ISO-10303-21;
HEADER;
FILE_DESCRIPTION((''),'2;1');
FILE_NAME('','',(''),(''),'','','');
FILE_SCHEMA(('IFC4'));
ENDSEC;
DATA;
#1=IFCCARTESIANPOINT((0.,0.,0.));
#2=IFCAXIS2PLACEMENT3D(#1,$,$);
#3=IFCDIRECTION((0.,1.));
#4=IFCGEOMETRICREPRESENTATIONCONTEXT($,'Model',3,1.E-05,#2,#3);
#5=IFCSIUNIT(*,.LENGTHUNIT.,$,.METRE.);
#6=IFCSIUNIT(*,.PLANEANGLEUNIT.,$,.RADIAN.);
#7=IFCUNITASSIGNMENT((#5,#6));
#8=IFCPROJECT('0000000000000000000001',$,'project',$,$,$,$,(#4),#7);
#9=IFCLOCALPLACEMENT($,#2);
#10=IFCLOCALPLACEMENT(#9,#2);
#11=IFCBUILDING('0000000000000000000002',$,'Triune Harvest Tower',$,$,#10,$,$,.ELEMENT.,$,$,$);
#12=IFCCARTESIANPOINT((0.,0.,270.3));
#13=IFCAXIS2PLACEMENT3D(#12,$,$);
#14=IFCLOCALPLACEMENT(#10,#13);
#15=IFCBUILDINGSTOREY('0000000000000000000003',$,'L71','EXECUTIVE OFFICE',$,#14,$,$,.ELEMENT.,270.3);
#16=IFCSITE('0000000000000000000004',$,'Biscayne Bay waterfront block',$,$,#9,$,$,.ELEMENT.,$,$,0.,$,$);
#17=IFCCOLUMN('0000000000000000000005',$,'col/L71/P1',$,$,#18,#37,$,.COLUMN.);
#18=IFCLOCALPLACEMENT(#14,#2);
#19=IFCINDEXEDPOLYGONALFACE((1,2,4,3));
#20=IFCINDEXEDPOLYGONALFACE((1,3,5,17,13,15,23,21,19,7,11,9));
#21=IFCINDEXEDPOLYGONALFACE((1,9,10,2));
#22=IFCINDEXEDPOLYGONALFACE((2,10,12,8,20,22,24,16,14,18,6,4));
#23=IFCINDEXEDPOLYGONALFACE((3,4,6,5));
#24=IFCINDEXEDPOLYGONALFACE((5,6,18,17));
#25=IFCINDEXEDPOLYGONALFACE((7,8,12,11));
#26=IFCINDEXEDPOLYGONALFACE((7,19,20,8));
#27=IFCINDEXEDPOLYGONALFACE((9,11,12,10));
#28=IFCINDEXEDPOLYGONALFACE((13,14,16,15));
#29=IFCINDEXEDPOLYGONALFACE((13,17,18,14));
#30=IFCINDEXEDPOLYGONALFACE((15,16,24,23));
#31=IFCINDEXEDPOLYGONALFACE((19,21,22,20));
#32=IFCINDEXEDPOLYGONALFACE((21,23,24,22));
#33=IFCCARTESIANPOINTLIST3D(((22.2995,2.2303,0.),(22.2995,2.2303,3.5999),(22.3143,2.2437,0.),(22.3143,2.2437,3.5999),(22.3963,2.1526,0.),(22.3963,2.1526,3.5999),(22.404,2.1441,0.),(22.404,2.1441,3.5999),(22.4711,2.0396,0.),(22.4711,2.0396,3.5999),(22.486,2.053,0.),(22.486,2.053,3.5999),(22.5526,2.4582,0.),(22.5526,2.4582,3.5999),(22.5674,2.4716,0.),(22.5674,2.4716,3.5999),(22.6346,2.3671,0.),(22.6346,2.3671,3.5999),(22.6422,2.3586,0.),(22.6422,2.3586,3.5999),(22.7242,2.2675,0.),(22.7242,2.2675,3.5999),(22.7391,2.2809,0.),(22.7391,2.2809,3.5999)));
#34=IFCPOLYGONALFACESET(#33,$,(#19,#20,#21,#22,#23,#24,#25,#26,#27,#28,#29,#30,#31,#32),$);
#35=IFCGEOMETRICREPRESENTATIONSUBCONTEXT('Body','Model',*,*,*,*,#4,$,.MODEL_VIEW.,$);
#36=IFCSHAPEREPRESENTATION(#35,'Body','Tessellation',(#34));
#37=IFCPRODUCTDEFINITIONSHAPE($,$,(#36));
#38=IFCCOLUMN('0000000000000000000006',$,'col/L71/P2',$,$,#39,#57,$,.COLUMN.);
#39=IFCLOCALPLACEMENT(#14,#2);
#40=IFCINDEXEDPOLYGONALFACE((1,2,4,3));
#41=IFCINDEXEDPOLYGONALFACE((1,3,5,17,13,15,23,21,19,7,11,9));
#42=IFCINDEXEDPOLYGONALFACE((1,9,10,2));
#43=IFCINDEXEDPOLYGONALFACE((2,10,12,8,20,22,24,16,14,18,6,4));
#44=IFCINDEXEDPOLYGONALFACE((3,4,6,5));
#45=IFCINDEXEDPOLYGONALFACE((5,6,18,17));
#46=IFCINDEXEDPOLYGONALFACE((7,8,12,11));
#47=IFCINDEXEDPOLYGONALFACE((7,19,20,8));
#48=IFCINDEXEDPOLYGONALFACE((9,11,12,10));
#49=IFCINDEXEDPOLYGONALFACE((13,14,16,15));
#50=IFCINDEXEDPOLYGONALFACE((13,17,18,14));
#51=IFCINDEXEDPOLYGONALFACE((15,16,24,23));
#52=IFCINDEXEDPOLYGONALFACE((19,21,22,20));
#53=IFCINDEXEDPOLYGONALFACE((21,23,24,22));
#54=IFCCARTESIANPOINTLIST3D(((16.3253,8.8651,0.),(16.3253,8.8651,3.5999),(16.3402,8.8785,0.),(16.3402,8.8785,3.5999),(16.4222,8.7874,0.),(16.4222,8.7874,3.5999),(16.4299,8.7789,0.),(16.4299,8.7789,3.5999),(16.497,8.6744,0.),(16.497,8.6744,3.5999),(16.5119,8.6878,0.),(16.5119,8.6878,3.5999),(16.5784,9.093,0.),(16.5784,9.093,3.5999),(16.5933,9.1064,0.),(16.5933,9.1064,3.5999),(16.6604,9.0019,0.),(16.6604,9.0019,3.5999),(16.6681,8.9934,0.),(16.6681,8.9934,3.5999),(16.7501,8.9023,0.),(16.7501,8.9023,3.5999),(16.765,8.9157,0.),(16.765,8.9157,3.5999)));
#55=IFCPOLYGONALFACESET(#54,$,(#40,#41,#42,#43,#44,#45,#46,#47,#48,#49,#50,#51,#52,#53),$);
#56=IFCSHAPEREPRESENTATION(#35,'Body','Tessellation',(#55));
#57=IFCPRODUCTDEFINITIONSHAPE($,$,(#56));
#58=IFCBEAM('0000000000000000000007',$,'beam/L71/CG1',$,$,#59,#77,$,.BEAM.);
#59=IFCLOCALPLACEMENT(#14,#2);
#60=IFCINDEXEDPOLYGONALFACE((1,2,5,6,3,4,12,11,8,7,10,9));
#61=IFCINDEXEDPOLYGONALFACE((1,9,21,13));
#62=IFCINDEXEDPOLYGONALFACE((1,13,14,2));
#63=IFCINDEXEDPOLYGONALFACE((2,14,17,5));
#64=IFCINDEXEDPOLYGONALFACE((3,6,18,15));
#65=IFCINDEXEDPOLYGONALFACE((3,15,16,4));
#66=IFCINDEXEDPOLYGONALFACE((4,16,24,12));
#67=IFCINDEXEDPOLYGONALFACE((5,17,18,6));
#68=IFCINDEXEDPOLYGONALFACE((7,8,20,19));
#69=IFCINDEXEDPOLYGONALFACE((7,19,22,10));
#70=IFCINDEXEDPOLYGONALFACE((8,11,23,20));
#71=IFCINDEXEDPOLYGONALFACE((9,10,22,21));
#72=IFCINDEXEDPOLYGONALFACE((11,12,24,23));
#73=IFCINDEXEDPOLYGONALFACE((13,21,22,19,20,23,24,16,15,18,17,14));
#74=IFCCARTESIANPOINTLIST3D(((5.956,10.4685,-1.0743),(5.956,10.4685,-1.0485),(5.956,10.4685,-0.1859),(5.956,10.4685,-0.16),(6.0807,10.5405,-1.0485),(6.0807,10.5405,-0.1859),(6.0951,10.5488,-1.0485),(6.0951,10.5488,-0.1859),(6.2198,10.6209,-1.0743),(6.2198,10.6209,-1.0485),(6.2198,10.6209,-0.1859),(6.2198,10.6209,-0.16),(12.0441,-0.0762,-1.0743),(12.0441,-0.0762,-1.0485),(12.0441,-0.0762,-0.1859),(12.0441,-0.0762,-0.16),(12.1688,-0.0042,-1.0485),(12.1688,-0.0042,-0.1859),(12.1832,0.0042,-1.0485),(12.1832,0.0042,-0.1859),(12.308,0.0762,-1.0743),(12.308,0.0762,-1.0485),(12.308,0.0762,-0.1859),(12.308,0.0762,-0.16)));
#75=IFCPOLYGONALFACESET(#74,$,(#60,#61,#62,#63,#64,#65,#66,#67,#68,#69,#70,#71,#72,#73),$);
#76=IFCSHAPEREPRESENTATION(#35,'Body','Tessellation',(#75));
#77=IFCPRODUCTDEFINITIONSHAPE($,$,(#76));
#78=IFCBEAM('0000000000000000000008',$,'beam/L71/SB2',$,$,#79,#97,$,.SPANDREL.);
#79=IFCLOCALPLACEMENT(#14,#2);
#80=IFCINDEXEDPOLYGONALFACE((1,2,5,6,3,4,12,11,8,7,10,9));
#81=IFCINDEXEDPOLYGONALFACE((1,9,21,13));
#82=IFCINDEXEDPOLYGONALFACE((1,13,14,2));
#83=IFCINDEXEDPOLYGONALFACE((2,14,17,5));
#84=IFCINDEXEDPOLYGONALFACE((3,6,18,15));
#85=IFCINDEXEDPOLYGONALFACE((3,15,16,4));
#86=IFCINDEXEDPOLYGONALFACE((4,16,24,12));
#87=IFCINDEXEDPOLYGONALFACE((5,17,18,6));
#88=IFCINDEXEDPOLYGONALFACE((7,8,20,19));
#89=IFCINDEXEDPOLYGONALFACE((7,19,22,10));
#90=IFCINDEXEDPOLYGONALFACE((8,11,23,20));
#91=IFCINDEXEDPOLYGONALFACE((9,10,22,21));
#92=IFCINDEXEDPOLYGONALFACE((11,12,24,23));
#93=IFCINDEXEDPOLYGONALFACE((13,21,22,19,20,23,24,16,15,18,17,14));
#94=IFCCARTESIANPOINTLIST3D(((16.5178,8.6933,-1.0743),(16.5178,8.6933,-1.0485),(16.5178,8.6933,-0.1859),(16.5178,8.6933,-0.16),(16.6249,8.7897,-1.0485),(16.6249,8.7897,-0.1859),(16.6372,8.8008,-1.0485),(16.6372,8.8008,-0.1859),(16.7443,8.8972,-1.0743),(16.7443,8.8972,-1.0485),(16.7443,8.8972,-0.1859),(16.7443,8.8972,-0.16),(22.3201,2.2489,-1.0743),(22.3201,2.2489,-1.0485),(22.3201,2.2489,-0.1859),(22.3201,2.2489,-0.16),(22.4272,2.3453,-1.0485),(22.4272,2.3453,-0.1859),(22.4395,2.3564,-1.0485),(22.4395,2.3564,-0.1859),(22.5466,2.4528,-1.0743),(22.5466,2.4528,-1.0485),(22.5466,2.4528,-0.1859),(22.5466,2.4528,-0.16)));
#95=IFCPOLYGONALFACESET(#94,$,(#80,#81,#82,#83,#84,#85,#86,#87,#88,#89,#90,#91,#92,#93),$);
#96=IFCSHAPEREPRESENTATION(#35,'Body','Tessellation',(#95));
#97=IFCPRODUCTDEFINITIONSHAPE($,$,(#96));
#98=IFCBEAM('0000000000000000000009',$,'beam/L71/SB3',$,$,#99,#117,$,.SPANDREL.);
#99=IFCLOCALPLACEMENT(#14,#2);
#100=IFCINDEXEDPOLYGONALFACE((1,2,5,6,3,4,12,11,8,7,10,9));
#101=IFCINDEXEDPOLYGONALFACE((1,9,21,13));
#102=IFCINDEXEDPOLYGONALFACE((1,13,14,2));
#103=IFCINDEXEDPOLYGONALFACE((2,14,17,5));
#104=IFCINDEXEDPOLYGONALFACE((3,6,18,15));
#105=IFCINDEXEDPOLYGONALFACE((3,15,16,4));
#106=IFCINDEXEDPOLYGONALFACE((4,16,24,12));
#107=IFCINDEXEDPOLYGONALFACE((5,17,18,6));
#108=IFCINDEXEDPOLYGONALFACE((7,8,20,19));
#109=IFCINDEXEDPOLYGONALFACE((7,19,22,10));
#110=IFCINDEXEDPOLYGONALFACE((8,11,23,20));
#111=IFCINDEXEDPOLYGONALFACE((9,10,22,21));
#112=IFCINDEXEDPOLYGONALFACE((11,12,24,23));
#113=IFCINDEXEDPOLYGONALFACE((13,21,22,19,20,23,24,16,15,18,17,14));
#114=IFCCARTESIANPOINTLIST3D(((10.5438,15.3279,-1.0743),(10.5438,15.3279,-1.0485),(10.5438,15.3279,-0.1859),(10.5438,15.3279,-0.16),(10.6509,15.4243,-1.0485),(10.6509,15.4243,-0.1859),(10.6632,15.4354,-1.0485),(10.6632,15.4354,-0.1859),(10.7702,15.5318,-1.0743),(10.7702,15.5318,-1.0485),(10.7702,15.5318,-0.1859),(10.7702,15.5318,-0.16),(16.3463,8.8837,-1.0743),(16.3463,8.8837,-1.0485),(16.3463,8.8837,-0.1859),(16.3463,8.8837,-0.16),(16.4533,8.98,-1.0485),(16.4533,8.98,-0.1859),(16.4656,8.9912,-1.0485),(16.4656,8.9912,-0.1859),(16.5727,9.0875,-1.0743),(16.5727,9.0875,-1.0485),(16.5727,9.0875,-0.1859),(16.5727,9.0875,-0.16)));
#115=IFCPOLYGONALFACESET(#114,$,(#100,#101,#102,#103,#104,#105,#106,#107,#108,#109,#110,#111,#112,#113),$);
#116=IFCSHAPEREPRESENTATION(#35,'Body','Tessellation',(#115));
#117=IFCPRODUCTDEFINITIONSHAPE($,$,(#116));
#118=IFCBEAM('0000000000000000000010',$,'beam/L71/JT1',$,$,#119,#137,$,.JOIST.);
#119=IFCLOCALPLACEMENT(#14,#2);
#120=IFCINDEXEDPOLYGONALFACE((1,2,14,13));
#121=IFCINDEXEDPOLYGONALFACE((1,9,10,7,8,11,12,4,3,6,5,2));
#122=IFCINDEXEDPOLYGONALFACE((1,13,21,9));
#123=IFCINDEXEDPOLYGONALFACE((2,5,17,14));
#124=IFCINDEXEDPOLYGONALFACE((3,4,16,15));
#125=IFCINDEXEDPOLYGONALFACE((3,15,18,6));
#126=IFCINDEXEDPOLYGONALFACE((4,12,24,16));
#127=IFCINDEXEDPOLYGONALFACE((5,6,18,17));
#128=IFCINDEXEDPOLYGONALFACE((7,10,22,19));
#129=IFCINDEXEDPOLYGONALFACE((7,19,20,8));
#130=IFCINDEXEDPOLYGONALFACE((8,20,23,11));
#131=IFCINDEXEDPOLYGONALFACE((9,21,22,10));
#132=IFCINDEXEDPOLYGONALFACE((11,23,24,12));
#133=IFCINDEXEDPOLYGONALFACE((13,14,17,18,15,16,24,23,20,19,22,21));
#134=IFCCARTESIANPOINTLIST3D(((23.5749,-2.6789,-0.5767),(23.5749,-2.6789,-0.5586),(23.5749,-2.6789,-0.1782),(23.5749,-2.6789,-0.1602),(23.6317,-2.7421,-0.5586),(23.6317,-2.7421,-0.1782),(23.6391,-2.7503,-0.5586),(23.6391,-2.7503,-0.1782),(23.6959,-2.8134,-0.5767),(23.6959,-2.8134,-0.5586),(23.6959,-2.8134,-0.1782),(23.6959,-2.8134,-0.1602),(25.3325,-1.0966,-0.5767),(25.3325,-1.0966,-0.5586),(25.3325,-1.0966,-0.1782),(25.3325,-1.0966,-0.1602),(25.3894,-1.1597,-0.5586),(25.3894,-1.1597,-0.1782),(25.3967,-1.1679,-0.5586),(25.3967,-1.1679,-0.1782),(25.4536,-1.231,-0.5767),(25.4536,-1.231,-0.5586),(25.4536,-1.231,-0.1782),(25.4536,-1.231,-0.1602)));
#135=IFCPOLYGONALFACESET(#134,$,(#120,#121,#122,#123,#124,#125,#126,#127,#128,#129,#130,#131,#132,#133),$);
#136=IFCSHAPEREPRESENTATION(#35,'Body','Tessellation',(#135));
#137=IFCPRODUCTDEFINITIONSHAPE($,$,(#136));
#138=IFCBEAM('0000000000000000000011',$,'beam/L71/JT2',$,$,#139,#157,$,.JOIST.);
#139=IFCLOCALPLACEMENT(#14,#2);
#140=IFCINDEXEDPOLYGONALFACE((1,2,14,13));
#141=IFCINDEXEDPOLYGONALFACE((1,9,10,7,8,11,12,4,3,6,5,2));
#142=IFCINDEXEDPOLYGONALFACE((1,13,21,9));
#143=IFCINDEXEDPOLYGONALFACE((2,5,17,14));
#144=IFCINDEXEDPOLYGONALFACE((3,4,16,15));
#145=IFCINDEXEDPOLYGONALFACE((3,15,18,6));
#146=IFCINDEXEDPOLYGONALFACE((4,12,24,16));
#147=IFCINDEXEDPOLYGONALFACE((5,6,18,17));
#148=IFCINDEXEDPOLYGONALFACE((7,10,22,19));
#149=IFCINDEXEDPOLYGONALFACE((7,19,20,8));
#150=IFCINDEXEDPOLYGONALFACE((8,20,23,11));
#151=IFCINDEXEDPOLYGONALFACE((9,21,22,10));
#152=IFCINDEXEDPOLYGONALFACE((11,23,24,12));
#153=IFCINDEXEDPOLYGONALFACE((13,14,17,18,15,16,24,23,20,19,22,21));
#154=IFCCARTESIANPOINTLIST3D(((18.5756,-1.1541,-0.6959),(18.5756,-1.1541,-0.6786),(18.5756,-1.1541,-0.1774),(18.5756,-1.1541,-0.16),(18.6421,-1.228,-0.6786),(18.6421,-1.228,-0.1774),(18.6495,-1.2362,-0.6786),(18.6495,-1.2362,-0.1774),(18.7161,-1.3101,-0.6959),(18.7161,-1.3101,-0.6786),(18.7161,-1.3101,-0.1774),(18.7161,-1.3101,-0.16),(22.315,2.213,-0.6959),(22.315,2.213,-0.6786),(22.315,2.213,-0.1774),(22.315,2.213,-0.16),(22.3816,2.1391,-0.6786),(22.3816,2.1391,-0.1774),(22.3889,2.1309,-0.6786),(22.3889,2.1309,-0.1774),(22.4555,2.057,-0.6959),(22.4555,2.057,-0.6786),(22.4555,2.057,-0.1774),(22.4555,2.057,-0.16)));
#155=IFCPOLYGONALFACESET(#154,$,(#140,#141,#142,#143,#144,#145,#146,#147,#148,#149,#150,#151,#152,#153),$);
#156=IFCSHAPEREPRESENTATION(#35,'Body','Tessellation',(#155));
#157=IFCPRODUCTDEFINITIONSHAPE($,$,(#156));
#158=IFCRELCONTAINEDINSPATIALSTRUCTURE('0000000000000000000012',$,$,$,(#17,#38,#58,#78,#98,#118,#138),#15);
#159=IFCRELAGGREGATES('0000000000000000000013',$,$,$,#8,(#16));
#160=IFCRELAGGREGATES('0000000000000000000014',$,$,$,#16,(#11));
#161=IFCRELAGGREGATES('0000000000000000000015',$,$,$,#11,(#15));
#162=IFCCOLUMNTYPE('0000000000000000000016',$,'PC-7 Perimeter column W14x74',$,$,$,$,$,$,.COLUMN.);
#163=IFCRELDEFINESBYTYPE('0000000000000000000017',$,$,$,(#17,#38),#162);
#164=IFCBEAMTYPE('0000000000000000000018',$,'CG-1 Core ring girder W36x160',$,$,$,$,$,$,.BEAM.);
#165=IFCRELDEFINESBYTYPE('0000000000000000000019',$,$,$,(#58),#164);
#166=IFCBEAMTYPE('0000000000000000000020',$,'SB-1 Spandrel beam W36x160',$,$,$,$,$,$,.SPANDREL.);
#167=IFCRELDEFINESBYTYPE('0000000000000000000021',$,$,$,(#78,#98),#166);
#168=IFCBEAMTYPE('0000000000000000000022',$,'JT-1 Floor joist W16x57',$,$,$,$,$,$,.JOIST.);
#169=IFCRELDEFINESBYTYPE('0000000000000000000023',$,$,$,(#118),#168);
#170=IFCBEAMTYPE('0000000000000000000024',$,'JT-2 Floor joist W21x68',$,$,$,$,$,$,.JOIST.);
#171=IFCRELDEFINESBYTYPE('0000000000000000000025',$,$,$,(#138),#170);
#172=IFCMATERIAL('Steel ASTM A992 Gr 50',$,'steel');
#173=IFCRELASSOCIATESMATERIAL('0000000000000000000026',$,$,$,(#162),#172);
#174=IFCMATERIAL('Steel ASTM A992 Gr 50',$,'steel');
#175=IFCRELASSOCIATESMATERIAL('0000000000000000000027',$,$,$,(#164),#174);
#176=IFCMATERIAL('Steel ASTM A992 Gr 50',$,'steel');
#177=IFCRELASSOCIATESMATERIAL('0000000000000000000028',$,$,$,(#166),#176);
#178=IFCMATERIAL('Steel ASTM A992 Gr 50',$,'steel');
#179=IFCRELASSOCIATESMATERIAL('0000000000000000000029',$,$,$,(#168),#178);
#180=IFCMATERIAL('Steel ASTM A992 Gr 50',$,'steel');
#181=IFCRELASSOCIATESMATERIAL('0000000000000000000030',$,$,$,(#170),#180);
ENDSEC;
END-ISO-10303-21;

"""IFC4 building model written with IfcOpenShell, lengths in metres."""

from ifc_helpers import new_model, si_unit, direction, frame, origin, origin_2d, place, context, subcontext, project, spatial, i_section, extrude, source, transform, mapped, material, material_profile, profile_set, type_object, element, save


model = new_model("IFC4")

# Units and contexts
model_context = context("Model", 3, precision=1e-05, world=origin(), true_north=direction((0.0, 1.0)))
body_context = subcontext(model_context, "Body", "Model", "MODEL_VIEW")
ifc_project = project(units=[si_unit("LENGTHUNIT", "METRE"), si_unit("PLANEANGLEUNIT", "RADIAN")], contexts=[model_context])

# Site, building, storey
site_placement = place(None, origin())
site = spatial("IfcSite", under=ifc_project, at=site_placement, Name="Biscayne Bay waterfront block", CompositionType="ELEMENT", RefElevation=0.0)
building_placement = place(site_placement, origin())
building = spatial("IfcBuilding", under=site, at=building_placement, Name="Triune Harvest Tower", CompositionType="ELEMENT")
storey_placement = place(building_placement, frame((0.0, 0.0, 270.3)))
storey = spatial("IfcBuildingStorey", under=building, at=storey_placement, Name="L71", Description="EXECUTIVE OFFICE", CompositionType="ELEMENT", Elevation=270.3)

# Columns
ifc_material_1 = material(Name="Steel ASTM A992 Gr 50", Category="steel")
ifc_material_profile_1 = material_profile(ifc_material_1, i_section(OverallWidth=0.2566, OverallDepth=0.3606, WebThickness=0.0115, FlangeThickness=0.02, at=origin_2d()), Name="W14x74")
ifc_profile_set_1 = profile_set([ifc_material_profile_1], Name="Steel ASTM A992 Gr 50")
column_type = type_object("IfcColumnType", Name="PC-7 Perimeter column W14x74", PredefinedType="COLUMN", material=ifc_profile_set_1)
shared_shape_1 = source(origin(), body_context, "Body", "SweptSolid", [
    extrude(i_section(OverallWidth=0.2566, OverallDepth=0.3606, WebThickness=0.0115, FlangeThickness=0.02, at=origin_2d()), origin(), (0.0, 0.0, 1.0), 3.5999),
])
for number, where, z_axis, x_axis, name in (
    (1, (22.5193, 2.2556, 0.0), (0.0, 0.0, 1.0), (-0.669131, 0.743145, 0.0), "col/L71/P1"),
    (2, (16.5452, 8.8904, 0.0), (0.0, 0.0, 1.0), (-0.669131, 0.743145, 0.0), "col/L71/P2"),
):
    element("IfcColumn", number, at=place(storey_placement, frame(where, z_axis=z_axis, x_axis=x_axis)), inside=storey, type_object=column_type, Name=name, PredefinedType="COLUMN", context=body_context, shape_type="MappedRepresentation", body=[
        mapped(shared_shape_1, transform((0.0, 0.0, 0.0), scale=1.0)),
    ])

# Beams
ifc_material_2 = material(Name="Steel ASTM A992 Gr 50", Category="steel")
ifc_material_profile_2 = material_profile(ifc_material_2, i_section(OverallWidth=0.3047, OverallDepth=0.9143, WebThickness=0.0166, FlangeThickness=0.0259, at=origin_2d()), Name="W36x160")
ifc_profile_set_2 = profile_set([ifc_material_profile_2], Name="Steel ASTM A992 Gr 50")
beam_type_1 = type_object("IfcBeamType", Name="CG-1 Core ring girder W36x160", PredefinedType="BEAM", material=ifc_profile_set_2)
shared_shape_2 = source(origin(), body_context, "Body", "SweptSolid", [
    extrude(i_section(OverallWidth=0.3047, OverallDepth=0.9143, WebThickness=0.0166, FlangeThickness=0.0259, at=origin_2d()), origin(), (0.0, 0.0, 1.0), 12.176),
])
beam_1_placement = place(storey_placement, frame((12.176, 0.0, -0.6172), z_axis=(-0.50001, 0.86602, 0.0), x_axis=(-0.86602, -0.50001, 0.0)))
element("IfcBeam", 3, at=beam_1_placement, inside=storey, type_object=beam_type_1, Name="beam/L71/CG1", PredefinedType="BEAM", context=body_context, shape_type="MappedRepresentation", body=[
    mapped(shared_shape_2, transform((0.0, 0.0, 0.0), scale=1.0)),
])
ifc_material_3 = material(Name="Steel ASTM A992 Gr 50", Category="steel")
ifc_material_profile_3 = material_profile(ifc_material_3, i_section(OverallWidth=0.3047, OverallDepth=0.9143, WebThickness=0.0166, FlangeThickness=0.0259, at=origin_2d()), Name="W36x160")
ifc_profile_set_3 = profile_set([ifc_material_profile_3], Name="Steel ASTM A992 Gr 50")
beam_type_2 = type_object("IfcBeamType", Name="SB-1 Spandrel beam W36x160", PredefinedType="SPANDREL", material=ifc_profile_set_3)
shared_shape_3 = source(origin(), body_context, "Body", "SweptSolid", [
    extrude(i_section(OverallWidth=0.3047, OverallDepth=0.9143, WebThickness=0.0166, FlangeThickness=0.0259, at=origin_2d()), origin(), (0.0, 0.0, 1.0), 8.6716),
])
for number, where, z_axis, x_axis, name in (
    (4, (22.4333, 2.3508, -0.6172), (-0.669114, 0.74316, 0.0), (-0.74316, -0.669114, 0.0), "beam/L71/SB2"),
    (5, (16.4595, 8.9856, -0.6172), (-0.66913, 0.743146, 0.0), (-0.743146, -0.66913, 0.0), "beam/L71/SB3"),
):
    element("IfcBeam", number, at=place(storey_placement, frame(where, z_axis=z_axis, x_axis=x_axis)), inside=storey, type_object=beam_type_2, Name=name, PredefinedType="SPANDREL", context=body_context, shape_type="MappedRepresentation", body=[
        mapped(shared_shape_3, transform((0.0, 0.0, 0.0), scale=1.0)),
    ])
ifc_material_4 = material(Name="Steel ASTM A992 Gr 50", Category="steel")
ifc_material_profile_4 = material_profile(ifc_material_4, i_section(OverallWidth=0.1809, OverallDepth=0.4165, WebThickness=0.011, FlangeThickness=0.0181, at=origin_2d()), Name="W16x57")
ifc_profile_set_4 = profile_set([ifc_material_profile_4], Name="Steel ASTM A992 Gr 50")
beam_type_3 = type_object("IfcBeamType", Name="JT-1 Floor joist W16x57", PredefinedType="JOIST", material=ifc_profile_set_4)
shared_shape_4 = source(origin(), body_context, "Body", "SweptSolid", [
    extrude(i_section(OverallWidth=0.1809, OverallDepth=0.4165, WebThickness=0.011, FlangeThickness=0.0181, at=origin_2d()), origin(), (0.0, 0.0, 1.0), 2.365),
])
beam_2_placement = place(storey_placement, frame((25.3931, -1.1638, -0.3684), z_axis=(-0.743197, -0.669073, 0.0), x_axis=(0.669073, -0.743197, 0.0)))
element("IfcBeam", 6, at=beam_2_placement, inside=storey, type_object=beam_type_3, Name="beam/L71/JT1", PredefinedType="JOIST", context=body_context, shape_type="MappedRepresentation", body=[
    mapped(shared_shape_4, transform((0.0, 0.0, 0.0), scale=1.0)),
])
ifc_material_5 = material(Name="Steel ASTM A992 Gr 50", Category="steel")
ifc_material_profile_5 = material_profile(ifc_material_5, i_section(OverallWidth=0.21, OverallDepth=0.5359, WebThickness=0.011, FlangeThickness=0.0173, at=origin_2d()), Name="W21x68")
ifc_profile_set_5 = profile_set([ifc_material_profile_5], Name="Steel ASTM A992 Gr 50")
beam_type_4 = type_object("IfcBeamType", Name="JT-2 Floor joist W21x68", PredefinedType="JOIST", material=ifc_profile_set_5)
shared_shape_5 = source(origin(), body_context, "Body", "SweptSolid", [
    extrude(i_section(OverallWidth=0.21, OverallDepth=0.5359, WebThickness=0.011, FlangeThickness=0.0173, at=origin_2d()), origin(), (0.0, 0.0, 1.0), 5.032),
])
beam_3_placement = place(storey_placement, frame((22.3853, 2.135, -0.428), z_axis=(-0.743132, -0.669144, 0.0), x_axis=(0.669144, -0.743132, 0.0)))
element("IfcBeam", 7, at=beam_3_placement, inside=storey, type_object=beam_type_4, Name="beam/L71/JT2", PredefinedType="JOIST", context=body_context, shape_type="MappedRepresentation", body=[
    mapped(shared_shape_5, transform((0.0, 0.0, 0.0), scale=1.0)),
])

save(model, "model.ifc")
